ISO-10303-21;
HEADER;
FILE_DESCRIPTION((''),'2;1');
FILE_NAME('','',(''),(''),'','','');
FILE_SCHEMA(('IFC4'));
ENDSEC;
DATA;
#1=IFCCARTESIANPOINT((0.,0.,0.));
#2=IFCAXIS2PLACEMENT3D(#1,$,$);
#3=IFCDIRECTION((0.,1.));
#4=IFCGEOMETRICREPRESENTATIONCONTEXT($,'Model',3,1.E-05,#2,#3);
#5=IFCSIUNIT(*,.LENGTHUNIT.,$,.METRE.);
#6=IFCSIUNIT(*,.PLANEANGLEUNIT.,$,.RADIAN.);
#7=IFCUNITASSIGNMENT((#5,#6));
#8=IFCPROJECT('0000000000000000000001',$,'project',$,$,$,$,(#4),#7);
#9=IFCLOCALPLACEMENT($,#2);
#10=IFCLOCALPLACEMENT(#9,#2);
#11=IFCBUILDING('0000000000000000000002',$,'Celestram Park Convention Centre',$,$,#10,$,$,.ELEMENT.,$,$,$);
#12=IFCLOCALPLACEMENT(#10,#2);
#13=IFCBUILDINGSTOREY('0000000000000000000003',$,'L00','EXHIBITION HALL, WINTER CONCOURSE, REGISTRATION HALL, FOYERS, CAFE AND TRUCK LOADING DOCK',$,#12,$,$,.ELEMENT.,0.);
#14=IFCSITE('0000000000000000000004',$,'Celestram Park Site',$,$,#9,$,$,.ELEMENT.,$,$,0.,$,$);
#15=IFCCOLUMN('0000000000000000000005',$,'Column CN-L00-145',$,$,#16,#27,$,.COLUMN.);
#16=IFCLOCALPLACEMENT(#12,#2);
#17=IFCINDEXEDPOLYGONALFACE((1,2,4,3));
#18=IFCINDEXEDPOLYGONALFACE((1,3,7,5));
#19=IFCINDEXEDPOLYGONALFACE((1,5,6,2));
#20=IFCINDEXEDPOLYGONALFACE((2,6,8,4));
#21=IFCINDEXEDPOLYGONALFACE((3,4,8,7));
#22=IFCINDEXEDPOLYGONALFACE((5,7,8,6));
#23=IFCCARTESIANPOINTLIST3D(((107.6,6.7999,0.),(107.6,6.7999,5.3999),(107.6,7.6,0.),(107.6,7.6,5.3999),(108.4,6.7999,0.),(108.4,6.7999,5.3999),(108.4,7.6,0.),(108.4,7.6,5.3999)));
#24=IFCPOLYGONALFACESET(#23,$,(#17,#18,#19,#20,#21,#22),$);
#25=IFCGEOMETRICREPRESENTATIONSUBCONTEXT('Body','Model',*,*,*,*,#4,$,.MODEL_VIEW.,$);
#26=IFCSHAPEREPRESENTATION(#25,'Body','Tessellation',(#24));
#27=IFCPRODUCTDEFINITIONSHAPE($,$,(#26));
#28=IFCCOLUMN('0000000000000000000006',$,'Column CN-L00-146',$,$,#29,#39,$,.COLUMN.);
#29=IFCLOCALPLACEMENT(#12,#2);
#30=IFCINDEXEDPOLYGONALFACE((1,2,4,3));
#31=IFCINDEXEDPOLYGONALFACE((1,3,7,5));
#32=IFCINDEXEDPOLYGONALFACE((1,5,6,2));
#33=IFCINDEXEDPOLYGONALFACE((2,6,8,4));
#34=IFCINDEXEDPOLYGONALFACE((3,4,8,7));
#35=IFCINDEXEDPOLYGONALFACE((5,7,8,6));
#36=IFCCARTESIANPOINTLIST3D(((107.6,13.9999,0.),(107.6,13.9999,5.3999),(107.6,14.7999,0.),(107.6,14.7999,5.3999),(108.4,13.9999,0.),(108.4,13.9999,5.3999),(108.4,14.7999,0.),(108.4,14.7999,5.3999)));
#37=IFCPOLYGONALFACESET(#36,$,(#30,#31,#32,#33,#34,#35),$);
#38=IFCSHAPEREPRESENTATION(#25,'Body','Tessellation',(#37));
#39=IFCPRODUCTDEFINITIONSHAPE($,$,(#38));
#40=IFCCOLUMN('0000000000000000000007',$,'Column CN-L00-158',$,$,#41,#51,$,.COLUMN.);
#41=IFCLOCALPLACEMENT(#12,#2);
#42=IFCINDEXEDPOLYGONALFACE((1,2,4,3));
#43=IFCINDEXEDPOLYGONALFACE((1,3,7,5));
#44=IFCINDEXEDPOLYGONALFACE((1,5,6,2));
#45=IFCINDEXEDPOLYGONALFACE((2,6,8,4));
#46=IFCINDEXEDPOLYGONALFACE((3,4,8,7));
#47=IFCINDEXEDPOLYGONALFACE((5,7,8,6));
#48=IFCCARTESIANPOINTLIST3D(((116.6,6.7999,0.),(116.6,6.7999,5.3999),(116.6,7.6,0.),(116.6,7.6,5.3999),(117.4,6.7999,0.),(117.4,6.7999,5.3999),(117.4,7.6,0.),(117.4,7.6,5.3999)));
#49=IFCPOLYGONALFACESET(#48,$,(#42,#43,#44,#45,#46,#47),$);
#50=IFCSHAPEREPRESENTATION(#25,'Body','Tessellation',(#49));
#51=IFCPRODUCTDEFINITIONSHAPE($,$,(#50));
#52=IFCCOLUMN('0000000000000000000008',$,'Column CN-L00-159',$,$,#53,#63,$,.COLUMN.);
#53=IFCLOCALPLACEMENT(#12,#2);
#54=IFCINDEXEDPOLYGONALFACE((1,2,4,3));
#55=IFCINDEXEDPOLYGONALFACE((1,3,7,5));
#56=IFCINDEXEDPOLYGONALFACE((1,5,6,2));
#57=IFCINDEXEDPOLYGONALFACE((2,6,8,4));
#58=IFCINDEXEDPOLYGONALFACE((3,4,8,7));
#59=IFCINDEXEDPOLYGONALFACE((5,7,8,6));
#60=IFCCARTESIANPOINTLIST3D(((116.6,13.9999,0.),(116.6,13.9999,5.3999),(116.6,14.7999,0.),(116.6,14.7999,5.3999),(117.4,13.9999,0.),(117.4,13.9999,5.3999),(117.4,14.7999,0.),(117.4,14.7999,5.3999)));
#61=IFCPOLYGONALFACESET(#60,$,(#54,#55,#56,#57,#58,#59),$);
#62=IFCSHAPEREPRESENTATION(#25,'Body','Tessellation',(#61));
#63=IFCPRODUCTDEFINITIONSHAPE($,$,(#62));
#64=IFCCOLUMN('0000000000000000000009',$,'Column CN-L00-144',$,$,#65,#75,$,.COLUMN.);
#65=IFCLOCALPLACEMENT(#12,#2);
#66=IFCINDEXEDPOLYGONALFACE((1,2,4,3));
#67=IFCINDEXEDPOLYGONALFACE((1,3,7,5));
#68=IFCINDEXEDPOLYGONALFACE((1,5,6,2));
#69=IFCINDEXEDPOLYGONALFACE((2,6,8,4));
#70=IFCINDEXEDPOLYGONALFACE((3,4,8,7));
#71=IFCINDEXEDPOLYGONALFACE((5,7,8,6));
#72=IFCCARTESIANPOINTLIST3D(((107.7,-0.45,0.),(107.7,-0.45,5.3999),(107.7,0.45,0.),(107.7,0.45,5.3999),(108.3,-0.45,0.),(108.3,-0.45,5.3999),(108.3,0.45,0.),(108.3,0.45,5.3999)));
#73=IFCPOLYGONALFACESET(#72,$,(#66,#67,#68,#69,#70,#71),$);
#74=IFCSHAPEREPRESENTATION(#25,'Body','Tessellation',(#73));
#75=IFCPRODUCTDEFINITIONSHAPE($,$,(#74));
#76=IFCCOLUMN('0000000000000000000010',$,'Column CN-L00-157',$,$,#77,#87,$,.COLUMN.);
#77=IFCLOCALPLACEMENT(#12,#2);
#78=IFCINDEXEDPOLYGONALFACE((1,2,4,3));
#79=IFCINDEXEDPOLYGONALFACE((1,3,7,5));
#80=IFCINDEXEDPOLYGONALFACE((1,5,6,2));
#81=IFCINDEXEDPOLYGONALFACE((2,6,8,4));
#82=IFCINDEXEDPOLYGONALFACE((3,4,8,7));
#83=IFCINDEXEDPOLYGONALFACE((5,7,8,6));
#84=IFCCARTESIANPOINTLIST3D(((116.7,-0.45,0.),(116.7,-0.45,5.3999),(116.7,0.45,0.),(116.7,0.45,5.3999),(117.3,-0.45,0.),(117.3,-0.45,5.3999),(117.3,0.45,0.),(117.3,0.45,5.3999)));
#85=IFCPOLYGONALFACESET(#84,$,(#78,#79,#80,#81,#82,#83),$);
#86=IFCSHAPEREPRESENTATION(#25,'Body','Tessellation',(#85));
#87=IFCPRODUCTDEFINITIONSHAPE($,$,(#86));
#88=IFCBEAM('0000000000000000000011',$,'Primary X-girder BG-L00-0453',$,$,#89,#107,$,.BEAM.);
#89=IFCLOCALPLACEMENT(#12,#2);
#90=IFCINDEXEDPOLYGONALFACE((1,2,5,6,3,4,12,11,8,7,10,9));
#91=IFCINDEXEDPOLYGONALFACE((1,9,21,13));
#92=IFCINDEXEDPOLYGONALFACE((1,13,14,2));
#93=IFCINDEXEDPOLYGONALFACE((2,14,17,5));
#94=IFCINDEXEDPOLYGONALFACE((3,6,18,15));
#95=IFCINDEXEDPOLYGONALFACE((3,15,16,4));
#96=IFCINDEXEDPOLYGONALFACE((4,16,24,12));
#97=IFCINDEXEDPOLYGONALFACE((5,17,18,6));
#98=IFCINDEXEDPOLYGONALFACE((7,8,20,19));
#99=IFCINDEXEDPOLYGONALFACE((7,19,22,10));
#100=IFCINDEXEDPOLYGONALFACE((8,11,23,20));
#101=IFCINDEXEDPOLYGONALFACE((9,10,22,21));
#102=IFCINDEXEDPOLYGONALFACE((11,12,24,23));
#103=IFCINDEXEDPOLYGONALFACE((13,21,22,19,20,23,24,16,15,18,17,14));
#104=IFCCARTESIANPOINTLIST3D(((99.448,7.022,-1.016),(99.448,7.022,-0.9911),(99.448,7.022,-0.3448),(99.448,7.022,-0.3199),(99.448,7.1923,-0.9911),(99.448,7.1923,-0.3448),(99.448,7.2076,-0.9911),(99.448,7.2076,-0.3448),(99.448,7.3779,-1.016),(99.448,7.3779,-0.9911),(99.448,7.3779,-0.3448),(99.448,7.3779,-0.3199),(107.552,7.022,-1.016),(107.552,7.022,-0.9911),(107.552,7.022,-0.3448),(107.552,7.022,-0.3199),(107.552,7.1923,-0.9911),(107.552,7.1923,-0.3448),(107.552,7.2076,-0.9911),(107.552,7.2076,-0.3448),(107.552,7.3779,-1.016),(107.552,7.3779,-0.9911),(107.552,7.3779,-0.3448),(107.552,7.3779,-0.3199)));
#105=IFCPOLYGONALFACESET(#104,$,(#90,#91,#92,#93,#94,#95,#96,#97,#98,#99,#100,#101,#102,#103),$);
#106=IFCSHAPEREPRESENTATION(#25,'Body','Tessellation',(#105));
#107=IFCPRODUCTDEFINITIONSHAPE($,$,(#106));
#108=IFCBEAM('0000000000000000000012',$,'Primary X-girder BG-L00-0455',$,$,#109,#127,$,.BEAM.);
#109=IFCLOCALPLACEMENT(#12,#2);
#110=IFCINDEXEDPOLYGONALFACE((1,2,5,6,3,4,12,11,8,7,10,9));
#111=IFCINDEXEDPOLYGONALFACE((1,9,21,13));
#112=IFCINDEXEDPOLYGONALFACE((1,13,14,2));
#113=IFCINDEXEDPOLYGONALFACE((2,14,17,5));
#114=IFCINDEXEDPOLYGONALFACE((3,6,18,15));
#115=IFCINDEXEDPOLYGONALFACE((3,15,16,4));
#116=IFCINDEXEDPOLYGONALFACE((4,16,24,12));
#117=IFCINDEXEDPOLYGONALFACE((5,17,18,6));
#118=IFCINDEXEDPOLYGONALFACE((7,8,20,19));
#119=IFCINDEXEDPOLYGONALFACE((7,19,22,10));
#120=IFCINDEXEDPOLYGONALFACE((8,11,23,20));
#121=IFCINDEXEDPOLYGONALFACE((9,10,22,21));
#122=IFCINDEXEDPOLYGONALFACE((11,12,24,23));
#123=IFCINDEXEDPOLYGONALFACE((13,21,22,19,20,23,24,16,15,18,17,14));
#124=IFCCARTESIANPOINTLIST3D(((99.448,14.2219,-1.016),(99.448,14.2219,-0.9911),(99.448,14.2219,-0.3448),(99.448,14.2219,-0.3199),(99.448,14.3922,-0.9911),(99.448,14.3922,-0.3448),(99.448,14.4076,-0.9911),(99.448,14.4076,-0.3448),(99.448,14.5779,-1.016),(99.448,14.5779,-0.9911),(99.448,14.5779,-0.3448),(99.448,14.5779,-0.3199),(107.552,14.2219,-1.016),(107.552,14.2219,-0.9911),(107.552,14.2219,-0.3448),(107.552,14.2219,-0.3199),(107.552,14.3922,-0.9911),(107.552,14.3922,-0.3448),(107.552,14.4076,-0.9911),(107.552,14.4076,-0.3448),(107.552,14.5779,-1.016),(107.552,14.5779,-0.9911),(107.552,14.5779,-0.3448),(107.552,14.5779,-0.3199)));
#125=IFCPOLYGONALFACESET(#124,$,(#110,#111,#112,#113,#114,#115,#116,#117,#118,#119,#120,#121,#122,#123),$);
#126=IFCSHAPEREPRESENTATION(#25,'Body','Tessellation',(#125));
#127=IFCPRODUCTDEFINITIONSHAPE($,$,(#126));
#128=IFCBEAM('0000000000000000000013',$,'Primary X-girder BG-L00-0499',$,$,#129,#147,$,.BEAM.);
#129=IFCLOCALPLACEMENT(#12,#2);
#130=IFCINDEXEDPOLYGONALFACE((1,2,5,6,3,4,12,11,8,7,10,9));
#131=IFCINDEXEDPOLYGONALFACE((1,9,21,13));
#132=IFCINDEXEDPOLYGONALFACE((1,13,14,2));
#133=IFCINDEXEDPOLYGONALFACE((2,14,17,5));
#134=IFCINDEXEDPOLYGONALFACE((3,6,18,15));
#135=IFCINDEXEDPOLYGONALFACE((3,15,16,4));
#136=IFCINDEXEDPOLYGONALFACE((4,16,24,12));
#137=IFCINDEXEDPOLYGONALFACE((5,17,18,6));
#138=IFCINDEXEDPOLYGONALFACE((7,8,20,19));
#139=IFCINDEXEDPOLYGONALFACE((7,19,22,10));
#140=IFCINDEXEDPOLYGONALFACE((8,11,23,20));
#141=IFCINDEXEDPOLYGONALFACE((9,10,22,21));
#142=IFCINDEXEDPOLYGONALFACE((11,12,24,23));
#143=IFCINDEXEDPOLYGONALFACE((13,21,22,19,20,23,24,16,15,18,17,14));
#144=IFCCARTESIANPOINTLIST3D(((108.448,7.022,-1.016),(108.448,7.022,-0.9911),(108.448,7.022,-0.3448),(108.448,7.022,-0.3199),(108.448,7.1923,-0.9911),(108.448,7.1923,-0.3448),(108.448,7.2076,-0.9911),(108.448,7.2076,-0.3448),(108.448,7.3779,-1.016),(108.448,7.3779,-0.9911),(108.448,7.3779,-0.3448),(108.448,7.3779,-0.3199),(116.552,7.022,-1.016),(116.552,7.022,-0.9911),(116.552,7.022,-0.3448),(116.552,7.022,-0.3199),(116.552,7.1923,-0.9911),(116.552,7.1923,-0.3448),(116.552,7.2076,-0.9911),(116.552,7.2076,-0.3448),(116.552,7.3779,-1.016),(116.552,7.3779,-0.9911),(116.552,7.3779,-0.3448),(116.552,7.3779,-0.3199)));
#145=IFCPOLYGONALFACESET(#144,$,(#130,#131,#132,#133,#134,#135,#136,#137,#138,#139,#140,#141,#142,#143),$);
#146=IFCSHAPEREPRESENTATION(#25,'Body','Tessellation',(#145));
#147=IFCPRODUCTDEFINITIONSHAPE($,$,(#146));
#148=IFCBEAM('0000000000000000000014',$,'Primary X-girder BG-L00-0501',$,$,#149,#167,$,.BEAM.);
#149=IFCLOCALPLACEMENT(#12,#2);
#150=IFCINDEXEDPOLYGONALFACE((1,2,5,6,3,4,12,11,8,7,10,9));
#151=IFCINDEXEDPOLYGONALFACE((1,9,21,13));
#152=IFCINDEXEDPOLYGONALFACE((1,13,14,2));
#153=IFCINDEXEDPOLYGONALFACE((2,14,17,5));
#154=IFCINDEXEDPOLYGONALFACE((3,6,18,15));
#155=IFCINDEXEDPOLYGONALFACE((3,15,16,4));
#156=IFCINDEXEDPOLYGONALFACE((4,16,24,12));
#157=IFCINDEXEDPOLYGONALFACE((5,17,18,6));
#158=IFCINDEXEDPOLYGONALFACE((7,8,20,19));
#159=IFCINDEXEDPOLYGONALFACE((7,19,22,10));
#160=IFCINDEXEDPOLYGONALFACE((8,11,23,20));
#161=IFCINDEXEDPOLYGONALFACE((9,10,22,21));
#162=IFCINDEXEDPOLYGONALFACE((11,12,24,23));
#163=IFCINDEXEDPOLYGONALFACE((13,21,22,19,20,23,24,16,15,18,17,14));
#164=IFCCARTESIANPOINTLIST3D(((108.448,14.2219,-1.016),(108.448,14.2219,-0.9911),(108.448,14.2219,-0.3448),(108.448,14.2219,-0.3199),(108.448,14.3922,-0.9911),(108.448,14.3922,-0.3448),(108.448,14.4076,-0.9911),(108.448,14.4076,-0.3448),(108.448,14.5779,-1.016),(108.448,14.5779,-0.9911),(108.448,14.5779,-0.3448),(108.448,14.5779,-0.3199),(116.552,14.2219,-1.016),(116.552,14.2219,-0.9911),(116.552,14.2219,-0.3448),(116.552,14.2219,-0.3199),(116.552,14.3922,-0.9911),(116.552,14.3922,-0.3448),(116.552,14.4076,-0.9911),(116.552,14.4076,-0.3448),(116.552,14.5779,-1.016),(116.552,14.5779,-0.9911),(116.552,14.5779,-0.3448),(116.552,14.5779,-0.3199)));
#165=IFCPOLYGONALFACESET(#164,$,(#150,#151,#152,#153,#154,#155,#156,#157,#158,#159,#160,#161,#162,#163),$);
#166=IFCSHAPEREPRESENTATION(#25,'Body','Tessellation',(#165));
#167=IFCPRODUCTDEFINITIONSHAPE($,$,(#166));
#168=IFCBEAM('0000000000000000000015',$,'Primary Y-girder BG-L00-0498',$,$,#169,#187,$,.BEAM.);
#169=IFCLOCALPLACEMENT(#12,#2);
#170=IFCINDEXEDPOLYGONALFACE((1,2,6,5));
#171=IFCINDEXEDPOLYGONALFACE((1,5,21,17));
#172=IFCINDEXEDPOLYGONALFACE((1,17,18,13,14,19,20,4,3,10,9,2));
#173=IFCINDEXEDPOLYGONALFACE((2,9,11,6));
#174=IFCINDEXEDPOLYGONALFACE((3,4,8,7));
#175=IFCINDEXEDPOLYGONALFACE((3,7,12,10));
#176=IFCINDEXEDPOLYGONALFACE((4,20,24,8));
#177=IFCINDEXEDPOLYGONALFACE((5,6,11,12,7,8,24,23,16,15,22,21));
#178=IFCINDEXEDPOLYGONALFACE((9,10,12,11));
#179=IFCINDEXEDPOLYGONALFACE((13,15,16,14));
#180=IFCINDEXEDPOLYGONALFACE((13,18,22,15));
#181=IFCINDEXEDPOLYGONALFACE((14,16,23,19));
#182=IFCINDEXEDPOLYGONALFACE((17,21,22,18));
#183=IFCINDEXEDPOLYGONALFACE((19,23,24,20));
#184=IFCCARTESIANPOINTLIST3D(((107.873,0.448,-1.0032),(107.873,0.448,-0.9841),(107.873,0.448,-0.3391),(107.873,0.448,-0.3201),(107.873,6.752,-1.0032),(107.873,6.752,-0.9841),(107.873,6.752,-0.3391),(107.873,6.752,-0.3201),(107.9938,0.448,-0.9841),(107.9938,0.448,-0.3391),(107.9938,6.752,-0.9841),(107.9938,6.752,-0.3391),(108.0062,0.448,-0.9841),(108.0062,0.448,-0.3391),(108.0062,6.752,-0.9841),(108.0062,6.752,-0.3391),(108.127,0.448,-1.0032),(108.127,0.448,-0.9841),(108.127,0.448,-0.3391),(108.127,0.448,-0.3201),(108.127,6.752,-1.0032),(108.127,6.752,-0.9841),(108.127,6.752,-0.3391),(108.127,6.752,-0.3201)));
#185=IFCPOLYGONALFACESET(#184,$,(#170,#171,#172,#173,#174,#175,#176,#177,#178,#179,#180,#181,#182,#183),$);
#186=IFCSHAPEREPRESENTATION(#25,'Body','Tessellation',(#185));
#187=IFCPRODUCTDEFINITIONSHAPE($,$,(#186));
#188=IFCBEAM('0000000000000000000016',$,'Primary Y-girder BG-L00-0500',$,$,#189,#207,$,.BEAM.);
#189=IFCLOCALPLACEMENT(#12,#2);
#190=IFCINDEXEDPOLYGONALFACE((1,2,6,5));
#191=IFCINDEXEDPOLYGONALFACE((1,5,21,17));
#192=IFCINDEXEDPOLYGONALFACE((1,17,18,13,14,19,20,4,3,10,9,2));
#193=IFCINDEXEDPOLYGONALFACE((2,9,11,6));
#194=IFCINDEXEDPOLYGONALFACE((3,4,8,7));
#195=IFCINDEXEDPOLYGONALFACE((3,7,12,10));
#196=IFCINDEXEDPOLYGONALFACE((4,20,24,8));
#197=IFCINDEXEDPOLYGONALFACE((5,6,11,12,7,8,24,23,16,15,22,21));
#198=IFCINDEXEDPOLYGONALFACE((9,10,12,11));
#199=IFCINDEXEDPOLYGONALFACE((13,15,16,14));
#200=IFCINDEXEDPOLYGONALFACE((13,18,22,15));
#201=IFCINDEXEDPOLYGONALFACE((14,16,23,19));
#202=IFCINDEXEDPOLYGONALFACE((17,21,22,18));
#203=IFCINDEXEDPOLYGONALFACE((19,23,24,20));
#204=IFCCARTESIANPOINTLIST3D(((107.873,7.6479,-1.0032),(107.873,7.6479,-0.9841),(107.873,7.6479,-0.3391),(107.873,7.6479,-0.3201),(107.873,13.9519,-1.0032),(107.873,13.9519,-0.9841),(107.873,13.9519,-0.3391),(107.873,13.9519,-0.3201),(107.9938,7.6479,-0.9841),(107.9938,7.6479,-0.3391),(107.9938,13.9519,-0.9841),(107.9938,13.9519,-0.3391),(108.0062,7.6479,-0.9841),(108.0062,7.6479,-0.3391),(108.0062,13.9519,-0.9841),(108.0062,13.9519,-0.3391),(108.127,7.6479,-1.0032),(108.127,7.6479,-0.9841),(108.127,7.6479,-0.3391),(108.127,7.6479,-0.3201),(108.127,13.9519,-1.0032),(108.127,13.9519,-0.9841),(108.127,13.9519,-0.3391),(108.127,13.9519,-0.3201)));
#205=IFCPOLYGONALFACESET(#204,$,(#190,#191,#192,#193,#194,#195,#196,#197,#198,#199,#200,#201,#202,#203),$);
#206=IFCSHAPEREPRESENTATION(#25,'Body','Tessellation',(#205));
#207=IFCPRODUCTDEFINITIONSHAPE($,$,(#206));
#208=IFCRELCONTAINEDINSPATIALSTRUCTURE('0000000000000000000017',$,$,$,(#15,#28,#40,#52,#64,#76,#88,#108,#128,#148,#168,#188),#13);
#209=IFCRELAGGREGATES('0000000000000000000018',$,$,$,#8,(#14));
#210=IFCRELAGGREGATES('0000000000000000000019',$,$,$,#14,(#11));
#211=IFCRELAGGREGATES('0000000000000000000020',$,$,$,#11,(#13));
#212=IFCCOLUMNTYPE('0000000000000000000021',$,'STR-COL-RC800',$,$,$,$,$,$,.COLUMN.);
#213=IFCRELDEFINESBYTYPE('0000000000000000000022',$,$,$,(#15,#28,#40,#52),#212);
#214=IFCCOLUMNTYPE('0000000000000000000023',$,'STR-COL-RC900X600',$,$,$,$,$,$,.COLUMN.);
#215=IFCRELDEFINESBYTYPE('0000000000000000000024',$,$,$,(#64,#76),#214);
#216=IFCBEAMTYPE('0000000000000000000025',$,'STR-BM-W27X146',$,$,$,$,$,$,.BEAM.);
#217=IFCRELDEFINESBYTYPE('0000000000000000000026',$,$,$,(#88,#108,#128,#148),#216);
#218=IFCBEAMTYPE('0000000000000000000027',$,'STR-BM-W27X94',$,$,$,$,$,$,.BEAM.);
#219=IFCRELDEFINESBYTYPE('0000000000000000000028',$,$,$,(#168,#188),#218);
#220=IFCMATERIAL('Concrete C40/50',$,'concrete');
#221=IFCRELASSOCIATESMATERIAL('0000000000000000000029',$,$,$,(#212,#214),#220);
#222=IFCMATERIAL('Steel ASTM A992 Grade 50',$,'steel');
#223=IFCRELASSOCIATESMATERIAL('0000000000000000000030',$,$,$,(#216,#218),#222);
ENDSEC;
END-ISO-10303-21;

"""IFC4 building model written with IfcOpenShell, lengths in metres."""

from ifc_helpers import new_model, si_unit, direction, frame, origin, origin_2d, place, context, subcontext, project, spatial, rectangle, i_section, extrude, material, material_profile, profile_set, type_object, element, save


model = new_model("IFC4")

# Units and contexts
model_context = context("Model", 3, precision=1e-05, world=origin(), true_north=direction((0.0, 1.0)))
body_context = subcontext(model_context, "Body", "Model", "MODEL_VIEW")
ifc_project = project(units=[si_unit("LENGTHUNIT", "METRE"), si_unit("PLANEANGLEUNIT", "RADIAN")], contexts=[model_context])

# Site, building, storey
site_placement = place(None, origin())
site = spatial("IfcSite", under=ifc_project, at=site_placement, Name="Celestram Park Site", CompositionType="ELEMENT", RefElevation=0.0)
building_placement = place(site_placement, origin())
building = spatial("IfcBuilding", under=site, at=building_placement, Name="Celestram Park Convention Centre", CompositionType="ELEMENT")
storey_placement = place(building_placement, origin())
storey = spatial("IfcBuildingStorey", under=building, at=storey_placement, Name="L00", Description="EXHIBITION HALL, WINTER CONCOURSE, REGISTRATION HALL, FOYERS, CAFE AND TRUCK LOADING DOCK", CompositionType="ELEMENT", Elevation=0.0)

# Columns
ifc_material_1 = material(Name="Concrete C40/50", Category="concrete")
ifc_material_profile_1 = material_profile(ifc_material_1, rectangle(XDim=0.8, YDim=0.8, at=origin_2d()), Name="RC800X800")
ifc_profile_set_1 = profile_set([ifc_material_profile_1], Name="Concrete C40/50")
column_type_1 = type_object("IfcColumnType", Name="STR-COL-RC800", PredefinedType="COLUMN", material=ifc_profile_set_1)
for number, where, z_axis, x_axis, name in (
    (1, (108.0, 7.2, 0.0), (0.0, 0.0, 1.0), (1.0, 0.0, 0.0), "Column CN-L00-145"),
    (2, (108.0, 14.3999, 0.0), (0.0, 0.0, 1.0), (1.0, 0.0, 0.0), "Column CN-L00-146"),
    (3, (117.0, 7.2, 0.0), (0.0, 0.0, 1.0), (1.0, 0.0, 0.0), "Column CN-L00-158"),
    (4, (117.0, 14.3999, 0.0), (0.0, 0.0, 1.0), (1.0, 0.0, 0.0), "Column CN-L00-159"),
):
    element("IfcColumn", number, at=place(storey_placement, frame(where, z_axis=z_axis, x_axis=x_axis)), inside=storey, type_object=column_type_1, Name=name, PredefinedType="COLUMN", context=body_context, shape_type="SweptSolid", body=[
        extrude(rectangle(XDim=0.8, YDim=0.8, at=origin_2d()), origin(), (0.0, 0.0, 1.0), 5.3999),
    ])
ifc_material_profile_2 = material_profile(ifc_material_1, rectangle(XDim=0.6001, YDim=0.8999, at=origin_2d()), Name="RC900X600")
ifc_profile_set_2 = profile_set([ifc_material_profile_2], Name="Concrete C40/50")
column_type_2 = type_object("IfcColumnType", Name="STR-COL-RC900X600", PredefinedType="COLUMN", material=ifc_profile_set_2)
for number, where, z_axis, x_axis, name in (
    (5, (108.0, 0.0, 0.0), (0.0, 0.0, 1.0), (1.0, 0.0, 0.0), "Column CN-L00-144"),
    (6, (117.0, 0.0, 0.0), (0.0, 0.0, 1.0), (1.0, 0.0, 0.0), "Column CN-L00-157"),
):
    element("IfcColumn", number, at=place(storey_placement, frame(where, z_axis=z_axis, x_axis=x_axis)), inside=storey, type_object=column_type_2, Name=name, PredefinedType="COLUMN", context=body_context, shape_type="SweptSolid", body=[
        extrude(rectangle(XDim=0.6001, YDim=0.8999, at=origin_2d()), origin(), (0.0, 0.0, 1.0), 5.3999),
    ])

# Beams
ifc_material_2 = material(Name="Steel ASTM A992 Grade 50", Category="steel")
ifc_material_profile_3 = material_profile(ifc_material_2, i_section(OverallWidth=0.356, OverallDepth=0.696, WebThickness=0.0154, FlangeThickness=0.0249, at=origin_2d()), Name="W27X146")
ifc_profile_set_3 = profile_set([ifc_material_profile_3], Name="Steel ASTM A992 Grade 50")
beam_type_1 = type_object("IfcBeamType", Name="STR-BM-W27X146", PredefinedType="BEAM", material=ifc_profile_set_3)
for number, where, z_axis, x_axis, name in (
    (7, (99.448, 7.2, -0.668), (1.0, 0.0, 0.0), (0.0, 1.0, 0.0), "Primary X-girder BG-L00-0453"),
    (8, (99.448, 14.3999, -0.668), (1.0, 0.0, 0.0), (0.0, 1.0, 0.0), "Primary X-girder BG-L00-0455"),
    (9, (108.448, 7.2, -0.668), (1.0, 0.0, 0.0), (0.0, 1.0, 0.0), "Primary X-girder BG-L00-0499"),
    (10, (108.448, 14.3999, -0.668), (1.0, 0.0, 0.0), (0.0, 1.0, 0.0), "Primary X-girder BG-L00-0501"),
):
    element("IfcBeam", number, at=place(storey_placement, frame(where, z_axis=z_axis, x_axis=x_axis)), inside=storey, type_object=beam_type_1, Name=name, PredefinedType="BEAM", context=body_context, shape_type="SweptSolid", body=[
        extrude(i_section(OverallWidth=0.356, OverallDepth=0.696, WebThickness=0.0154, FlangeThickness=0.0249, at=origin_2d()), origin(), (0.0, 0.0, 1.0), 8.104),
    ])
ifc_material_profile_4 = material_profile(ifc_material_2, i_section(OverallWidth=0.2539, OverallDepth=0.6831, WebThickness=0.0125, FlangeThickness=0.019, at=origin_2d()), Name="W27X94")
ifc_profile_set_4 = profile_set([ifc_material_profile_4], Name="Steel ASTM A992 Grade 50")
beam_type_2 = type_object("IfcBeamType", Name="STR-BM-W27X94", PredefinedType="BEAM", material=ifc_profile_set_4)
for number, where, z_axis, x_axis, name in (
    (11, (108.0, 0.448, -0.6616), (0.0, 1.0, 0.0), (-1.0, 0.0, 0.0), "Primary Y-girder BG-L00-0498"),
    (12, (108.0, 7.6479, -0.6616), (0.0, 1.0, 0.0), (-1.0, 0.0, 0.0), "Primary Y-girder BG-L00-0500"),
):
    element("IfcBeam", number, at=place(storey_placement, frame(where, z_axis=z_axis, x_axis=x_axis)), inside=storey, type_object=beam_type_2, Name=name, PredefinedType="BEAM", context=body_context, shape_type="SweptSolid", body=[
        extrude(i_section(OverallWidth=0.2539, OverallDepth=0.6831, WebThickness=0.0125, FlangeThickness=0.019, at=origin_2d()), origin(), (0.0, 0.0, 1.0), 6.304),
    ])

save(model, "model.ifc")
